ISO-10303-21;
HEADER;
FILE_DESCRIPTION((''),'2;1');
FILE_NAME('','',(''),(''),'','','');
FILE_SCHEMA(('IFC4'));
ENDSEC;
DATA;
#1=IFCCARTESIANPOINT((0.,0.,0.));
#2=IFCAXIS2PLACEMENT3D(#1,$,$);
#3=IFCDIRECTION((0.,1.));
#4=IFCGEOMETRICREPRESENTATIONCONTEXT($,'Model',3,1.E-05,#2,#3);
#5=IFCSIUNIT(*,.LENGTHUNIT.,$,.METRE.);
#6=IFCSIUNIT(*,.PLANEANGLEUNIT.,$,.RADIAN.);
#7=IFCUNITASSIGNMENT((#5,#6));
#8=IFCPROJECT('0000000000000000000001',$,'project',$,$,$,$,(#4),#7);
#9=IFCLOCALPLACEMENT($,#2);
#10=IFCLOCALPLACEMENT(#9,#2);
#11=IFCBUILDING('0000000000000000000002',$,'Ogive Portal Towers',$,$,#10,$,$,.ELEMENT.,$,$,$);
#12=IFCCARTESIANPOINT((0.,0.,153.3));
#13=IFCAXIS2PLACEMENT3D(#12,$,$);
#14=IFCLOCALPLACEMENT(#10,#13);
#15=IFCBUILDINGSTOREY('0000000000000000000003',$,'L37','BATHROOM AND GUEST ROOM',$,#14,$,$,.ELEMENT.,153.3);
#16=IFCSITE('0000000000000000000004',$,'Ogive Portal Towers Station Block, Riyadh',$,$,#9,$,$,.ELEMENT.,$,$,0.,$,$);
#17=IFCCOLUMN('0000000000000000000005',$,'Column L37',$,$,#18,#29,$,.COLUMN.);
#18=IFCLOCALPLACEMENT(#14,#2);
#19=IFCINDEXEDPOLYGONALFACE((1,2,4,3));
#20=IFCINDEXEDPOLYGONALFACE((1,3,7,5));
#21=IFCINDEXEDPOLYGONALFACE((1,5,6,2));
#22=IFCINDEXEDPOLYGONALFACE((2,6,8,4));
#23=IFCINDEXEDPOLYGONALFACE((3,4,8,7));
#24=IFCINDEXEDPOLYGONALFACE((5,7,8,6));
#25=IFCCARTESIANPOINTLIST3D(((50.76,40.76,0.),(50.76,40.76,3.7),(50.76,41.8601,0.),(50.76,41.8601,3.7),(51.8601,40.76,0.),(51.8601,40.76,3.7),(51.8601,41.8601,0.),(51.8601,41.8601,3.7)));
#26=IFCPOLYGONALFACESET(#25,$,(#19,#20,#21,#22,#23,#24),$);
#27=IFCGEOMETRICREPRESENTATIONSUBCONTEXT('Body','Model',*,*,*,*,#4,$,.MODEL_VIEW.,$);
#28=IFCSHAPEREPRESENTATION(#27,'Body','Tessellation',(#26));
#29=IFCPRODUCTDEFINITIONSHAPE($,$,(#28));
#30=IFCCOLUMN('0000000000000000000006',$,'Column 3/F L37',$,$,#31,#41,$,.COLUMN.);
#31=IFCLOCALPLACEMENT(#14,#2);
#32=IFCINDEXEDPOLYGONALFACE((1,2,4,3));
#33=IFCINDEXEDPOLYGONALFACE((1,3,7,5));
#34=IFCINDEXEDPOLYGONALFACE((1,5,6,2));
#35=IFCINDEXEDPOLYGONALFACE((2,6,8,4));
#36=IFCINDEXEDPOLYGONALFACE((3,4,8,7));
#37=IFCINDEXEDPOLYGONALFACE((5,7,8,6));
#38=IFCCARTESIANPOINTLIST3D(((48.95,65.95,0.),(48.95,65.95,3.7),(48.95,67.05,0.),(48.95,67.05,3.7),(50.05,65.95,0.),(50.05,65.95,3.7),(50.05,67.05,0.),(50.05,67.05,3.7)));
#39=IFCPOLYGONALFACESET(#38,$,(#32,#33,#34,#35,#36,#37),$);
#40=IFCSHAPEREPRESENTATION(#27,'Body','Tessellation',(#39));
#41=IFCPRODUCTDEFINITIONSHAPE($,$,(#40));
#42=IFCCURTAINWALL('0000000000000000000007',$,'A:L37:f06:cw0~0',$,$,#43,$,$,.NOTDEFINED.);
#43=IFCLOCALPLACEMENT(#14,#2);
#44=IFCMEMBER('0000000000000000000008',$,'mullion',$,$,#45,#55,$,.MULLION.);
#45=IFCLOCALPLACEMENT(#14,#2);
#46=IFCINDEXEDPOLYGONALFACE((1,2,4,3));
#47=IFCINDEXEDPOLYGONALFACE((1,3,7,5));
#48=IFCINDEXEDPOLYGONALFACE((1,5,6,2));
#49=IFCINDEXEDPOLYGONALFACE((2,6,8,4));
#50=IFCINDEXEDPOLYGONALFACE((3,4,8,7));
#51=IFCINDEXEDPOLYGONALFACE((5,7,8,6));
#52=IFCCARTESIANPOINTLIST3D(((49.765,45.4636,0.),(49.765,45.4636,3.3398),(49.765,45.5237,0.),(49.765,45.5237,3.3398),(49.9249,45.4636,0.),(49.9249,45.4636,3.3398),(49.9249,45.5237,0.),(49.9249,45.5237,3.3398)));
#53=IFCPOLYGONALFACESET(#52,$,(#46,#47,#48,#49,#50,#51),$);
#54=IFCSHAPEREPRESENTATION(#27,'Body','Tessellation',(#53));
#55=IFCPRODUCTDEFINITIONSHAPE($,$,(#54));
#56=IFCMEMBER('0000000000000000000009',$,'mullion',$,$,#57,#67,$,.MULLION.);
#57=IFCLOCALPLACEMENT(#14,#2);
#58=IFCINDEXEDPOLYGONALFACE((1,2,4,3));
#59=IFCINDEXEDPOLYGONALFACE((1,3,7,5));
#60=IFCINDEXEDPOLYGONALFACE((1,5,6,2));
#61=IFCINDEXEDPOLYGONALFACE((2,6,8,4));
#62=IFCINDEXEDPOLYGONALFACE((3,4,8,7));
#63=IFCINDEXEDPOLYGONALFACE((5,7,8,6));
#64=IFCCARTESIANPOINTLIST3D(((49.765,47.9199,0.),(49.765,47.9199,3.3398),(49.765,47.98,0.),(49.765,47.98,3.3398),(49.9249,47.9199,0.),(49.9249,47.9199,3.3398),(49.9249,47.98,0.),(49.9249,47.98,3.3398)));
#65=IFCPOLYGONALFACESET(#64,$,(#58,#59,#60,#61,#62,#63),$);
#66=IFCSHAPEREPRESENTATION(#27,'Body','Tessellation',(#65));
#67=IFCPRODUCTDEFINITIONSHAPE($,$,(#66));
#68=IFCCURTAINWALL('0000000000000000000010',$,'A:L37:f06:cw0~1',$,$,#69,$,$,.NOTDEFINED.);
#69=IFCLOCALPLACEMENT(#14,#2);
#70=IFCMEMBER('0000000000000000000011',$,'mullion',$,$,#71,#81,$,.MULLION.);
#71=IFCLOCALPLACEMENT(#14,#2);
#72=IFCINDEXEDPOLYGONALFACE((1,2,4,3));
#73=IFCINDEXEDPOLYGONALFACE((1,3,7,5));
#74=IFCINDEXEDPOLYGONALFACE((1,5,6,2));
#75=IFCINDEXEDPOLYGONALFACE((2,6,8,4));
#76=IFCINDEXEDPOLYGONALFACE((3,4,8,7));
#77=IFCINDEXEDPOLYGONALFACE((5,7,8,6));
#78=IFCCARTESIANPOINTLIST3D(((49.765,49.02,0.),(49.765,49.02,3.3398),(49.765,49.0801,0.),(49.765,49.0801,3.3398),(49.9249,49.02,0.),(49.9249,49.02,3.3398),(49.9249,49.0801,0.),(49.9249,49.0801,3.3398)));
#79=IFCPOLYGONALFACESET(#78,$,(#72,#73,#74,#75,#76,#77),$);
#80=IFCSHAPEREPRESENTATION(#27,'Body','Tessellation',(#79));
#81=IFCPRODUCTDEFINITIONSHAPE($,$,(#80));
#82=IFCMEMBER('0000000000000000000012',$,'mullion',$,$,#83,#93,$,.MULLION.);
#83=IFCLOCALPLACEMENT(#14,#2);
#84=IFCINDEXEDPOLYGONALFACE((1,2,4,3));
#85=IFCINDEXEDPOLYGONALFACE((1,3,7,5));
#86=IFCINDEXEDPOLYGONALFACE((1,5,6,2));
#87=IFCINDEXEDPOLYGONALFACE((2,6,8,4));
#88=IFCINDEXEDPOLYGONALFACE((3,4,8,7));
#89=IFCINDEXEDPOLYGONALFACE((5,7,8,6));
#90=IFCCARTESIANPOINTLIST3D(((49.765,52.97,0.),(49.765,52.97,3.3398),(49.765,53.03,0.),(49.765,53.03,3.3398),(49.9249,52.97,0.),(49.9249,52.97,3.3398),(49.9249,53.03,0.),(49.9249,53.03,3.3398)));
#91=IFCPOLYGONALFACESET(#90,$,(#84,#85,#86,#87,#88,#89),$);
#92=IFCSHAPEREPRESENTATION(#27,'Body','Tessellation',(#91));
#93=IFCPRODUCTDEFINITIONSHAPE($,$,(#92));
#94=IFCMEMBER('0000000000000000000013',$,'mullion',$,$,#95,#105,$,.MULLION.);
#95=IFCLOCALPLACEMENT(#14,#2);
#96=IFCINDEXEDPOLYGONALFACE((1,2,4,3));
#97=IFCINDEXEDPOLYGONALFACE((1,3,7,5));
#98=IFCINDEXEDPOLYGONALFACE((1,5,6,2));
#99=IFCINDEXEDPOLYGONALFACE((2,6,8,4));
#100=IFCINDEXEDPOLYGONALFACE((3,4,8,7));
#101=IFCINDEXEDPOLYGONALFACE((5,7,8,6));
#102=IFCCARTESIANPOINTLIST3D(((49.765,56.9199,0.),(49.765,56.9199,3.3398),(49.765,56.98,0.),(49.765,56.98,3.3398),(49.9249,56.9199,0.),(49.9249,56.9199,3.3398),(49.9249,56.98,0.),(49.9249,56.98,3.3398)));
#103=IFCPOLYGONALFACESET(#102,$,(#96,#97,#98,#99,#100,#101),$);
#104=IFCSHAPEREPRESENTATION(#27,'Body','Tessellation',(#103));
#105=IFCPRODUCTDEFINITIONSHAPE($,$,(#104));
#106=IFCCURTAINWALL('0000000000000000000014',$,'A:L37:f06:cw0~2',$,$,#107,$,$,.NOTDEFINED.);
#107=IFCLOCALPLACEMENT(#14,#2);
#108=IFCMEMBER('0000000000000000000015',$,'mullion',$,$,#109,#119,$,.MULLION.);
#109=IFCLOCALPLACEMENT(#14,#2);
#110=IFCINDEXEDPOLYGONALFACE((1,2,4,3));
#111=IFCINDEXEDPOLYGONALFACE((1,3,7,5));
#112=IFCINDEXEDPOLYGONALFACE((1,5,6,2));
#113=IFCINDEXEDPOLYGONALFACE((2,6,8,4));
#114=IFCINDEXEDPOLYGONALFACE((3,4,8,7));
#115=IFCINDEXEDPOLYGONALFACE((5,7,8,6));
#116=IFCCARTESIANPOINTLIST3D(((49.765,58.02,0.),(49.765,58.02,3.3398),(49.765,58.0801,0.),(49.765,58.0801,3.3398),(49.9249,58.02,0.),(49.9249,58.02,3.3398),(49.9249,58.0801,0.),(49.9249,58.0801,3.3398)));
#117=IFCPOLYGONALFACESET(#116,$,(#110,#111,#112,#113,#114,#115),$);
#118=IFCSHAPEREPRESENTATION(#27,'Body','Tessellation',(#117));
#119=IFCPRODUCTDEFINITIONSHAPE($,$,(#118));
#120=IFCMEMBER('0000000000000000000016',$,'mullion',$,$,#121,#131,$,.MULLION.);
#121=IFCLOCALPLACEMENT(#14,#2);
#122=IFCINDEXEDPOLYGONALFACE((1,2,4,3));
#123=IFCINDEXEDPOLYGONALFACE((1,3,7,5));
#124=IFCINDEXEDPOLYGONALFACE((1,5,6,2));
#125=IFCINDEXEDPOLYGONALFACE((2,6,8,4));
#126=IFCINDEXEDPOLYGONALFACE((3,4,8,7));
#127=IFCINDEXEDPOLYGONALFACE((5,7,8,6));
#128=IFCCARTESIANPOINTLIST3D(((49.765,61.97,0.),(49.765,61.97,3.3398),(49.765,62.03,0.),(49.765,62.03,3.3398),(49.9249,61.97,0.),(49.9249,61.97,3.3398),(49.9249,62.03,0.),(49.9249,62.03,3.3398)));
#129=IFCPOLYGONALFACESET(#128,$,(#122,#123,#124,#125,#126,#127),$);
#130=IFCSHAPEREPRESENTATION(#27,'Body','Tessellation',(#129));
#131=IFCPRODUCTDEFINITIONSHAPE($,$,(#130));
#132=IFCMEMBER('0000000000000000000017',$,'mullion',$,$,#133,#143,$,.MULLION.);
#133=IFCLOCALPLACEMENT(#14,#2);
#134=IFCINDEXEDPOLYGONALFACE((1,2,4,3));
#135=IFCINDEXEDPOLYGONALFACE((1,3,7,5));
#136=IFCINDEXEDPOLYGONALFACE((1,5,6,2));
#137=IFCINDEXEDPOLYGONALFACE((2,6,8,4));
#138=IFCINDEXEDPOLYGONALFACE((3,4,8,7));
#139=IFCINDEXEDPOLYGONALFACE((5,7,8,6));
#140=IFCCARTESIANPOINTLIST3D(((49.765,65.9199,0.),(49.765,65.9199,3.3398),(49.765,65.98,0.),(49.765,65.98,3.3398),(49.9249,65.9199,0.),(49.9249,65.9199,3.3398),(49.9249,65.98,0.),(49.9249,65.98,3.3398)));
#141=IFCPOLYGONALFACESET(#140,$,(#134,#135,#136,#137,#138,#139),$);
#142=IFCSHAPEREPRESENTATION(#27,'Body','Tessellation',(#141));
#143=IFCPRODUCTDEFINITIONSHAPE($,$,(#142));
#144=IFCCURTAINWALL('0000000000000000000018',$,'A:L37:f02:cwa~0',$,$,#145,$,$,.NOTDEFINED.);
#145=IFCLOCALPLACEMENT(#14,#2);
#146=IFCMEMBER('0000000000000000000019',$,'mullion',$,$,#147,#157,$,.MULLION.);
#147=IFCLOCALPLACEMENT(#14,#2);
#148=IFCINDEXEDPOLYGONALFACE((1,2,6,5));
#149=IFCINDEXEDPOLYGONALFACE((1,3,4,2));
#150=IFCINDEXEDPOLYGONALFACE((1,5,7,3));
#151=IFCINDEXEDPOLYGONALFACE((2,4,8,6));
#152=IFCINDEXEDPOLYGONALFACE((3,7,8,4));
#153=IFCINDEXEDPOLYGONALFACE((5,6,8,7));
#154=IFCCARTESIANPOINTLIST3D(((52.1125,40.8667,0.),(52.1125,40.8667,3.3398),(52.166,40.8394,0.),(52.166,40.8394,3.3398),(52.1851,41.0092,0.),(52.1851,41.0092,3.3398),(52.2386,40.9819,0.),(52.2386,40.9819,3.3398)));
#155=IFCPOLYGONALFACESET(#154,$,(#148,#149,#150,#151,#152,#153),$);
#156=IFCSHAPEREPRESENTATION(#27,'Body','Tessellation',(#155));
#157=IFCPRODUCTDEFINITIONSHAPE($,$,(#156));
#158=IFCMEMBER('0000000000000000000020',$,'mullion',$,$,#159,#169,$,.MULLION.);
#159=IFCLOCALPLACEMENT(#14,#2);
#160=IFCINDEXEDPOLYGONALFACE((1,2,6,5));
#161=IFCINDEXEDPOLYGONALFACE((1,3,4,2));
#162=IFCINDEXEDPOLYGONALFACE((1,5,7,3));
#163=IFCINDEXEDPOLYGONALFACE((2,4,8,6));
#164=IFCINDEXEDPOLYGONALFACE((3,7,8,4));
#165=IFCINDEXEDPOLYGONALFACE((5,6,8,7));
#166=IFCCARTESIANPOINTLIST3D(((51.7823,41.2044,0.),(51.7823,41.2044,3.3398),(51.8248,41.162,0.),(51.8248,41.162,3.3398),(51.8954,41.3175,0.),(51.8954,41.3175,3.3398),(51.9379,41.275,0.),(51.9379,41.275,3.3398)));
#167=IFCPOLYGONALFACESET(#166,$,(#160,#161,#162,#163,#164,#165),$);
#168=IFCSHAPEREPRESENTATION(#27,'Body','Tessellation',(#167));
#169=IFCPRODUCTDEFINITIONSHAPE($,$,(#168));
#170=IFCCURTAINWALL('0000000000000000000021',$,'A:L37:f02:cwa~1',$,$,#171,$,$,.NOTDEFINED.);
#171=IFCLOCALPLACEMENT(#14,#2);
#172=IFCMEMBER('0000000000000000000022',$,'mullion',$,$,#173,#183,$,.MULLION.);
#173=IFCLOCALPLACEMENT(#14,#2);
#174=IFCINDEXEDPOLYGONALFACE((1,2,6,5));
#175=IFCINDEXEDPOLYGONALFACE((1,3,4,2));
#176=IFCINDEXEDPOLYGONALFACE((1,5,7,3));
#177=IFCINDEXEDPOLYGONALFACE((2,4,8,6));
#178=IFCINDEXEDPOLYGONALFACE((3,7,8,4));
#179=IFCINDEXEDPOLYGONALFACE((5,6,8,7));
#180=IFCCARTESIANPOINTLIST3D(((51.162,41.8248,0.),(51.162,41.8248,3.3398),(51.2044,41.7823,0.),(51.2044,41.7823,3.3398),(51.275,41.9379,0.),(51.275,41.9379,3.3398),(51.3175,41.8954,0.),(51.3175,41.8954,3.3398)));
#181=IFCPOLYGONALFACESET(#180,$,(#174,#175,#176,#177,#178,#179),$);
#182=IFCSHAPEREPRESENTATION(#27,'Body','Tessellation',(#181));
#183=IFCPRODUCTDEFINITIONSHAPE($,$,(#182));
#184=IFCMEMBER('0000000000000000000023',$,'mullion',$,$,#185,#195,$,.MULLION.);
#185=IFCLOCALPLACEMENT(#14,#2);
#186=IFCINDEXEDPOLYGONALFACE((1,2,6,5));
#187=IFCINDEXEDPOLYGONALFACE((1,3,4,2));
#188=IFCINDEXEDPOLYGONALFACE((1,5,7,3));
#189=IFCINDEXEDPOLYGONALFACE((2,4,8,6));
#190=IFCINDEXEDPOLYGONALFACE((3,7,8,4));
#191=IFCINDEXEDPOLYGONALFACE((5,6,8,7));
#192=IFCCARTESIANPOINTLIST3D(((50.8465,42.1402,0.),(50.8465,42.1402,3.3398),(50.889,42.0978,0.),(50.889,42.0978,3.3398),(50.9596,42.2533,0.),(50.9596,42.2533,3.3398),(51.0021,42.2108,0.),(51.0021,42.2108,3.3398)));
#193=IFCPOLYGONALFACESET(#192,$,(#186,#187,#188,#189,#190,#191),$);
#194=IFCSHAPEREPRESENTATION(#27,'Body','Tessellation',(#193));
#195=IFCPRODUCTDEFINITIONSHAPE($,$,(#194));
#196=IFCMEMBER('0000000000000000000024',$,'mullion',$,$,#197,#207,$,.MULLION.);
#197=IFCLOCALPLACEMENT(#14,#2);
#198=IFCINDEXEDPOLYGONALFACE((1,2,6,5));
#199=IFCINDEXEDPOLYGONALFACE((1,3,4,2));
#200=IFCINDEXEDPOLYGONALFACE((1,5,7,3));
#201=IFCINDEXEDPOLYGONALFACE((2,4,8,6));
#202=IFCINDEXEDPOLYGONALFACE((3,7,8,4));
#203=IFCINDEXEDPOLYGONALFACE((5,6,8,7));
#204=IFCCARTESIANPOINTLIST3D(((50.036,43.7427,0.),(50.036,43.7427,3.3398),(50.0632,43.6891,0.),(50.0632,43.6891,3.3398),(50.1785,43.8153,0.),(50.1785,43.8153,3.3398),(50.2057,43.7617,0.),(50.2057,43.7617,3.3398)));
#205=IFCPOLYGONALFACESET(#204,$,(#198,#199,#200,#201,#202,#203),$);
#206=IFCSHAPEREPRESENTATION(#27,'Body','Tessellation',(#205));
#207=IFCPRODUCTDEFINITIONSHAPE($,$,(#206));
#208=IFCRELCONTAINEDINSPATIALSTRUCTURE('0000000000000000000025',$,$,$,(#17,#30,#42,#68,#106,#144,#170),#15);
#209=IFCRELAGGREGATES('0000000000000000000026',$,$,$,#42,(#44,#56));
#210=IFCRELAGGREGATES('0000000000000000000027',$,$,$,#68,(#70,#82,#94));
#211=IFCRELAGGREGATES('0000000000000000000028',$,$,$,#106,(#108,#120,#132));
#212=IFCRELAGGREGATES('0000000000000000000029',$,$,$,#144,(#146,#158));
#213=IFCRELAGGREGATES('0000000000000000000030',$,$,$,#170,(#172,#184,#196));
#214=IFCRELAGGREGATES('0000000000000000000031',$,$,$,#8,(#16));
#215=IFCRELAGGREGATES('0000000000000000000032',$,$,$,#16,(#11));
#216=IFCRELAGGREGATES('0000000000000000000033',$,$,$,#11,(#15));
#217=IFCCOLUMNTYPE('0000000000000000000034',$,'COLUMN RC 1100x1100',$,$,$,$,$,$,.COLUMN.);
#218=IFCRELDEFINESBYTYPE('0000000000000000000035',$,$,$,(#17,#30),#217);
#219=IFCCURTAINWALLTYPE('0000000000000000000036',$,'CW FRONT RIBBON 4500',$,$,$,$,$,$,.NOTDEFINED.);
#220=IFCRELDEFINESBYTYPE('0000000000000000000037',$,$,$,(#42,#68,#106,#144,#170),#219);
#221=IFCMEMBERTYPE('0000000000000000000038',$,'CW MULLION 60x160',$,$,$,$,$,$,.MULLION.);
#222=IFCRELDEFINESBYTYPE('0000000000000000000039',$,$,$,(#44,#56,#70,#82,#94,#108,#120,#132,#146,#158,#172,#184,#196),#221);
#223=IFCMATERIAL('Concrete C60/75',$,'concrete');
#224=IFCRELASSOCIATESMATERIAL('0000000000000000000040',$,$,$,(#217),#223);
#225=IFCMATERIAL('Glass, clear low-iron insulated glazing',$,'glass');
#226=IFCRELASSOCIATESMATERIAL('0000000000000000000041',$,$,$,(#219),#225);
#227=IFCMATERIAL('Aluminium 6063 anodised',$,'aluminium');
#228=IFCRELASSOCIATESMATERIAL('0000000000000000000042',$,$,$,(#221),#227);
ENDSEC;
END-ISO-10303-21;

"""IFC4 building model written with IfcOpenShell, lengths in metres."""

from ifc_helpers import new_model, si_unit, direction, frame, origin, origin_2d, place, context, subcontext, project, spatial, rectangle, extrude, material, material_profile, profile_set, type_object, element, aggregate, save


model = new_model("IFC4")

# Units and contexts
model_context = context("Model", 3, precision=1e-05, world=origin(), true_north=direction((0.0, 1.0)))
body_context = subcontext(model_context, "Body", "Model", "MODEL_VIEW")
ifc_project = project(units=[si_unit("LENGTHUNIT", "METRE"), si_unit("PLANEANGLEUNIT", "RADIAN")], contexts=[model_context])

# Site, building, storey
site_placement = place(None, origin())
site = spatial("IfcSite", under=ifc_project, at=site_placement, Name="Ogive Portal Towers Station Block, Riyadh", CompositionType="ELEMENT", RefElevation=0.0)
building_placement = place(site_placement, origin())
building = spatial("IfcBuilding", under=site, at=building_placement, Name="Ogive Portal Towers", CompositionType="ELEMENT")
storey_placement = place(building_placement, frame((0.0, 0.0, 153.3)))
storey = spatial("IfcBuildingStorey", under=building, at=storey_placement, Name="L37", Description="BATHROOM AND GUEST ROOM", CompositionType="ELEMENT", Elevation=153.3)

# Columns
ifc_material_1 = material(Name="Concrete C60/75", Category="concrete")
ifc_material_profile_1 = material_profile(ifc_material_1, rectangle(XDim=1.1001, YDim=1.1001, at=origin_2d()), Name="RC 1100x1100")
ifc_profile_set_1 = profile_set([ifc_material_profile_1], Name="Concrete C60/75")
column_type = type_object("IfcColumnType", Name="COLUMN RC 1100x1100", PredefinedType="COLUMN", material=ifc_profile_set_1)
for number, where, z_axis, x_axis, name in (
    (1, (51.3101, 41.3101, 0.0), (0.0, 0.0, 1.0), (1.0, 0.0, 0.0), "Column L37"),
    (2, (49.5, 66.5, 0.0), (0.0, 0.0, 1.0), (1.0, 0.0, 0.0), "Column 3/F L37"),
):
    element("IfcColumn", number, at=place(storey_placement, frame(where, z_axis=z_axis, x_axis=x_axis)), inside=storey, type_object=column_type, Name=name, PredefinedType="COLUMN", context=body_context, shape_type="SweptSolid", body=[
        extrude(rectangle(XDim=1.1001, YDim=1.1001, at=origin_2d()), origin(), (0.0, 0.0, 1.0), 3.7),
    ])

# Curtain walls, members
ifc_material_2 = material(Name="Glass, clear low-iron insulated glazing", Category="glass")
curtain_wall_type = type_object("IfcCurtainWallType", Name="CW FRONT RIBBON 4500", PredefinedType="NOTDEFINED", material=ifc_material_2)
curtain_wall_1_placement = place(storey_placement, origin())
curtain_wall_1 = element("IfcCurtainWall", 3, at=curtain_wall_1_placement, inside=storey, type_object=curtain_wall_type, Name="A:L37:f06:cw0~0", PredefinedType="NOTDEFINED")
ifc_material_3 = material(Name="Aluminium 6063 anodised", Category="aluminium")
ifc_material_profile_2 = material_profile(ifc_material_3, rectangle(XDim=0.1599, YDim=0.0601, at=origin_2d()), Name="AL 60x160")
ifc_profile_set_2 = profile_set([ifc_material_profile_2], Name="Aluminium 6063 anodised")
member_type_1 = type_object("IfcMemberType", Name="CW MULLION 60x160", PredefinedType="MULLION", material=ifc_profile_set_2)
member_1_placement = place(storey_placement, frame((49.845, 45.4937, 0.0), z_axis=(0.0, 0.0, 1.0), x_axis=(-1.0, 0.0, 0.0)))
member_1 = element("IfcMember", 4, at=member_1_placement, type_object=member_type_1, Name="mullion", PredefinedType="MULLION", context=body_context, shape_type="SweptSolid", body=[
    extrude(rectangle(XDim=0.1599, YDim=0.0601, at=origin_2d()), origin(), (0.0, 0.0, 1.0), 3.3398),
])
member_2_placement = place(storey_placement, frame((49.845, 47.95, 0.0), z_axis=(0.0, 0.0, 1.0), x_axis=(-1.0, 0.0, 0.0)))
member_2 = element("IfcMember", 5, at=member_2_placement, type_object=member_type_1, Name="mullion", PredefinedType="MULLION", context=body_context, shape_type="SweptSolid", body=[
    extrude(rectangle(XDim=0.1599, YDim=0.0601, at=origin_2d()), origin(), (0.0, 0.0, 1.0), 3.3398),
])
curtain_wall_2_placement = place(storey_placement, origin())
curtain_wall_2 = element("IfcCurtainWall", 6, at=curtain_wall_2_placement, inside=storey, type_object=curtain_wall_type, Name="A:L37:f06:cw0~1", PredefinedType="NOTDEFINED")
member_3_placement = place(storey_placement, frame((49.845, 49.05, 0.0), z_axis=(0.0, 0.0, 1.0), x_axis=(-1.0, 0.0, 0.0)))
member_3 = element("IfcMember", 7, at=member_3_placement, type_object=member_type_1, Name="mullion", PredefinedType="MULLION", context=body_context, shape_type="SweptSolid", body=[
    extrude(rectangle(XDim=0.1599, YDim=0.0601, at=origin_2d()), origin(), (0.0, 0.0, 1.0), 3.3398),
])
member_4_placement = place(storey_placement, frame((49.845, 53.0, 0.0), z_axis=(0.0, 0.0, 1.0), x_axis=(-1.0, 0.0, 0.0)))
member_4 = element("IfcMember", 8, at=member_4_placement, type_object=member_type_1, Name="mullion", PredefinedType="MULLION", context=body_context, shape_type="SweptSolid", body=[
    extrude(rectangle(XDim=0.1599, YDim=0.0601, at=origin_2d()), origin(), (0.0, 0.0, 1.0), 3.3398),
])
member_5_placement = place(storey_placement, frame((49.845, 56.95, 0.0), z_axis=(0.0, 0.0, 1.0), x_axis=(-1.0, 0.0, 0.0)))
member_5 = element("IfcMember", 9, at=member_5_placement, type_object=member_type_1, Name="mullion", PredefinedType="MULLION", context=body_context, shape_type="SweptSolid", body=[
    extrude(rectangle(XDim=0.1599, YDim=0.0601, at=origin_2d()), origin(), (0.0, 0.0, 1.0), 3.3398),
])
curtain_wall_3_placement = place(storey_placement, origin())
curtain_wall_3 = element("IfcCurtainWall", 10, at=curtain_wall_3_placement, inside=storey, type_object=curtain_wall_type, Name="A:L37:f06:cw0~2", PredefinedType="NOTDEFINED")
member_6_placement = place(storey_placement, frame((49.845, 58.05, 0.0), z_axis=(0.0, 0.0, 1.0), x_axis=(-1.0, 0.0, 0.0)))
member_6 = element("IfcMember", 11, at=member_6_placement, type_object=member_type_1, Name="mullion", PredefinedType="MULLION", context=body_context, shape_type="SweptSolid", body=[
    extrude(rectangle(XDim=0.1599, YDim=0.0601, at=origin_2d()), origin(), (0.0, 0.0, 1.0), 3.3398),
])
member_7_placement = place(storey_placement, frame((49.845, 62.0, 0.0), z_axis=(0.0, 0.0, 1.0), x_axis=(-1.0, 0.0, 0.0)))
member_7 = element("IfcMember", 12, at=member_7_placement, type_object=member_type_1, Name="mullion", PredefinedType="MULLION", context=body_context, shape_type="SweptSolid", body=[
    extrude(rectangle(XDim=0.1599, YDim=0.0601, at=origin_2d()), origin(), (0.0, 0.0, 1.0), 3.3398),
])
member_8_placement = place(storey_placement, frame((49.845, 65.95, 0.0), z_axis=(0.0, 0.0, 1.0), x_axis=(-1.0, 0.0, 0.0)))
member_8 = element("IfcMember", 13, at=member_8_placement, type_object=member_type_1, Name="mullion", PredefinedType="MULLION", context=body_context, shape_type="SweptSolid", body=[
    extrude(rectangle(XDim=0.1599, YDim=0.0601, at=origin_2d()), origin(), (0.0, 0.0, 1.0), 3.3398),
])
curtain_wall_4_placement = place(storey_placement, origin())
curtain_wall_4 = element("IfcCurtainWall", 14, at=curtain_wall_4_placement, inside=storey, type_object=curtain_wall_type, Name="A:L37:f02:cwa~0", PredefinedType="NOTDEFINED")
member_9_placement = place(storey_placement, frame((52.1755, 40.9243, 0.0), z_axis=(0.0, 0.0, 1.0), x_axis=(-0.45399, -0.891007, 0.0)))
member_9 = element("IfcMember", 15, at=member_9_placement, type_object=member_type_1, Name="mullion", PredefinedType="MULLION", context=body_context, shape_type="SweptSolid", body=[
    extrude(rectangle(XDim=0.1599, YDim=0.0601, at=origin_2d()), origin(), (0.0, 0.0, 1.0), 3.3398),
])
member_10_placement = place(storey_placement, frame((51.8601, 41.2397, 0.0), z_axis=(0.0, 0.0, 1.0), x_axis=(-0.707107, -0.707107, 0.0)))
member_10 = element("IfcMember", 16, at=member_10_placement, type_object=member_type_1, Name="mullion", PredefinedType="MULLION", context=body_context, shape_type="SweptSolid", body=[
    extrude(rectangle(XDim=0.1599, YDim=0.0601, at=origin_2d()), origin(), (0.0, 0.0, 1.0), 3.3398),
])
curtain_wall_5_placement = place(storey_placement, origin())
curtain_wall_5 = element("IfcCurtainWall", 17, at=curtain_wall_5_placement, inside=storey, type_object=curtain_wall_type, Name="A:L37:f02:cwa~1", PredefinedType="NOTDEFINED")
member_11_placement = place(storey_placement, frame((51.2397, 41.8601, 0.0), z_axis=(0.0, 0.0, 1.0), x_axis=(-0.707107, -0.707107, 0.0)))
member_11 = element("IfcMember", 18, at=member_11_placement, type_object=member_type_1, Name="mullion", PredefinedType="MULLION", context=body_context, shape_type="SweptSolid", body=[
    extrude(rectangle(XDim=0.1599, YDim=0.0601, at=origin_2d()), origin(), (0.0, 0.0, 1.0), 3.3398),
])
member_12_placement = place(storey_placement, frame((50.9243, 42.1755, 0.0), z_axis=(0.0, 0.0, 1.0), x_axis=(-0.707107, -0.707107, 0.0)))
member_12 = element("IfcMember", 19, at=member_12_placement, type_object=member_type_1, Name="mullion", PredefinedType="MULLION", context=body_context, shape_type="SweptSolid", body=[
    extrude(rectangle(XDim=0.1599, YDim=0.0601, at=origin_2d()), origin(), (0.0, 0.0, 1.0), 3.3398),
])
member_13_placement = place(storey_placement, frame((50.1208, 43.7522, 0.0), z_axis=(0.0, 0.0, 1.0), x_axis=(-0.891007, -0.45399, 0.0)))
member_13 = element("IfcMember", 20, at=member_13_placement, type_object=member_type_1, Name="mullion", PredefinedType="MULLION", context=body_context, shape_type="SweptSolid", body=[
    extrude(rectangle(XDim=0.1599, YDim=0.0601, at=origin_2d()), origin(), (0.0, 0.0, 1.0), 3.3398),
])

aggregate(curtain_wall_1, [member_1, member_2])
aggregate(curtain_wall_2, [member_3, member_4, member_5])
aggregate(curtain_wall_3, [member_6, member_7, member_8])
aggregate(curtain_wall_4, [member_9, member_10])
aggregate(curtain_wall_5, [member_11, member_12, member_13])

save(model, "model.ifc")
